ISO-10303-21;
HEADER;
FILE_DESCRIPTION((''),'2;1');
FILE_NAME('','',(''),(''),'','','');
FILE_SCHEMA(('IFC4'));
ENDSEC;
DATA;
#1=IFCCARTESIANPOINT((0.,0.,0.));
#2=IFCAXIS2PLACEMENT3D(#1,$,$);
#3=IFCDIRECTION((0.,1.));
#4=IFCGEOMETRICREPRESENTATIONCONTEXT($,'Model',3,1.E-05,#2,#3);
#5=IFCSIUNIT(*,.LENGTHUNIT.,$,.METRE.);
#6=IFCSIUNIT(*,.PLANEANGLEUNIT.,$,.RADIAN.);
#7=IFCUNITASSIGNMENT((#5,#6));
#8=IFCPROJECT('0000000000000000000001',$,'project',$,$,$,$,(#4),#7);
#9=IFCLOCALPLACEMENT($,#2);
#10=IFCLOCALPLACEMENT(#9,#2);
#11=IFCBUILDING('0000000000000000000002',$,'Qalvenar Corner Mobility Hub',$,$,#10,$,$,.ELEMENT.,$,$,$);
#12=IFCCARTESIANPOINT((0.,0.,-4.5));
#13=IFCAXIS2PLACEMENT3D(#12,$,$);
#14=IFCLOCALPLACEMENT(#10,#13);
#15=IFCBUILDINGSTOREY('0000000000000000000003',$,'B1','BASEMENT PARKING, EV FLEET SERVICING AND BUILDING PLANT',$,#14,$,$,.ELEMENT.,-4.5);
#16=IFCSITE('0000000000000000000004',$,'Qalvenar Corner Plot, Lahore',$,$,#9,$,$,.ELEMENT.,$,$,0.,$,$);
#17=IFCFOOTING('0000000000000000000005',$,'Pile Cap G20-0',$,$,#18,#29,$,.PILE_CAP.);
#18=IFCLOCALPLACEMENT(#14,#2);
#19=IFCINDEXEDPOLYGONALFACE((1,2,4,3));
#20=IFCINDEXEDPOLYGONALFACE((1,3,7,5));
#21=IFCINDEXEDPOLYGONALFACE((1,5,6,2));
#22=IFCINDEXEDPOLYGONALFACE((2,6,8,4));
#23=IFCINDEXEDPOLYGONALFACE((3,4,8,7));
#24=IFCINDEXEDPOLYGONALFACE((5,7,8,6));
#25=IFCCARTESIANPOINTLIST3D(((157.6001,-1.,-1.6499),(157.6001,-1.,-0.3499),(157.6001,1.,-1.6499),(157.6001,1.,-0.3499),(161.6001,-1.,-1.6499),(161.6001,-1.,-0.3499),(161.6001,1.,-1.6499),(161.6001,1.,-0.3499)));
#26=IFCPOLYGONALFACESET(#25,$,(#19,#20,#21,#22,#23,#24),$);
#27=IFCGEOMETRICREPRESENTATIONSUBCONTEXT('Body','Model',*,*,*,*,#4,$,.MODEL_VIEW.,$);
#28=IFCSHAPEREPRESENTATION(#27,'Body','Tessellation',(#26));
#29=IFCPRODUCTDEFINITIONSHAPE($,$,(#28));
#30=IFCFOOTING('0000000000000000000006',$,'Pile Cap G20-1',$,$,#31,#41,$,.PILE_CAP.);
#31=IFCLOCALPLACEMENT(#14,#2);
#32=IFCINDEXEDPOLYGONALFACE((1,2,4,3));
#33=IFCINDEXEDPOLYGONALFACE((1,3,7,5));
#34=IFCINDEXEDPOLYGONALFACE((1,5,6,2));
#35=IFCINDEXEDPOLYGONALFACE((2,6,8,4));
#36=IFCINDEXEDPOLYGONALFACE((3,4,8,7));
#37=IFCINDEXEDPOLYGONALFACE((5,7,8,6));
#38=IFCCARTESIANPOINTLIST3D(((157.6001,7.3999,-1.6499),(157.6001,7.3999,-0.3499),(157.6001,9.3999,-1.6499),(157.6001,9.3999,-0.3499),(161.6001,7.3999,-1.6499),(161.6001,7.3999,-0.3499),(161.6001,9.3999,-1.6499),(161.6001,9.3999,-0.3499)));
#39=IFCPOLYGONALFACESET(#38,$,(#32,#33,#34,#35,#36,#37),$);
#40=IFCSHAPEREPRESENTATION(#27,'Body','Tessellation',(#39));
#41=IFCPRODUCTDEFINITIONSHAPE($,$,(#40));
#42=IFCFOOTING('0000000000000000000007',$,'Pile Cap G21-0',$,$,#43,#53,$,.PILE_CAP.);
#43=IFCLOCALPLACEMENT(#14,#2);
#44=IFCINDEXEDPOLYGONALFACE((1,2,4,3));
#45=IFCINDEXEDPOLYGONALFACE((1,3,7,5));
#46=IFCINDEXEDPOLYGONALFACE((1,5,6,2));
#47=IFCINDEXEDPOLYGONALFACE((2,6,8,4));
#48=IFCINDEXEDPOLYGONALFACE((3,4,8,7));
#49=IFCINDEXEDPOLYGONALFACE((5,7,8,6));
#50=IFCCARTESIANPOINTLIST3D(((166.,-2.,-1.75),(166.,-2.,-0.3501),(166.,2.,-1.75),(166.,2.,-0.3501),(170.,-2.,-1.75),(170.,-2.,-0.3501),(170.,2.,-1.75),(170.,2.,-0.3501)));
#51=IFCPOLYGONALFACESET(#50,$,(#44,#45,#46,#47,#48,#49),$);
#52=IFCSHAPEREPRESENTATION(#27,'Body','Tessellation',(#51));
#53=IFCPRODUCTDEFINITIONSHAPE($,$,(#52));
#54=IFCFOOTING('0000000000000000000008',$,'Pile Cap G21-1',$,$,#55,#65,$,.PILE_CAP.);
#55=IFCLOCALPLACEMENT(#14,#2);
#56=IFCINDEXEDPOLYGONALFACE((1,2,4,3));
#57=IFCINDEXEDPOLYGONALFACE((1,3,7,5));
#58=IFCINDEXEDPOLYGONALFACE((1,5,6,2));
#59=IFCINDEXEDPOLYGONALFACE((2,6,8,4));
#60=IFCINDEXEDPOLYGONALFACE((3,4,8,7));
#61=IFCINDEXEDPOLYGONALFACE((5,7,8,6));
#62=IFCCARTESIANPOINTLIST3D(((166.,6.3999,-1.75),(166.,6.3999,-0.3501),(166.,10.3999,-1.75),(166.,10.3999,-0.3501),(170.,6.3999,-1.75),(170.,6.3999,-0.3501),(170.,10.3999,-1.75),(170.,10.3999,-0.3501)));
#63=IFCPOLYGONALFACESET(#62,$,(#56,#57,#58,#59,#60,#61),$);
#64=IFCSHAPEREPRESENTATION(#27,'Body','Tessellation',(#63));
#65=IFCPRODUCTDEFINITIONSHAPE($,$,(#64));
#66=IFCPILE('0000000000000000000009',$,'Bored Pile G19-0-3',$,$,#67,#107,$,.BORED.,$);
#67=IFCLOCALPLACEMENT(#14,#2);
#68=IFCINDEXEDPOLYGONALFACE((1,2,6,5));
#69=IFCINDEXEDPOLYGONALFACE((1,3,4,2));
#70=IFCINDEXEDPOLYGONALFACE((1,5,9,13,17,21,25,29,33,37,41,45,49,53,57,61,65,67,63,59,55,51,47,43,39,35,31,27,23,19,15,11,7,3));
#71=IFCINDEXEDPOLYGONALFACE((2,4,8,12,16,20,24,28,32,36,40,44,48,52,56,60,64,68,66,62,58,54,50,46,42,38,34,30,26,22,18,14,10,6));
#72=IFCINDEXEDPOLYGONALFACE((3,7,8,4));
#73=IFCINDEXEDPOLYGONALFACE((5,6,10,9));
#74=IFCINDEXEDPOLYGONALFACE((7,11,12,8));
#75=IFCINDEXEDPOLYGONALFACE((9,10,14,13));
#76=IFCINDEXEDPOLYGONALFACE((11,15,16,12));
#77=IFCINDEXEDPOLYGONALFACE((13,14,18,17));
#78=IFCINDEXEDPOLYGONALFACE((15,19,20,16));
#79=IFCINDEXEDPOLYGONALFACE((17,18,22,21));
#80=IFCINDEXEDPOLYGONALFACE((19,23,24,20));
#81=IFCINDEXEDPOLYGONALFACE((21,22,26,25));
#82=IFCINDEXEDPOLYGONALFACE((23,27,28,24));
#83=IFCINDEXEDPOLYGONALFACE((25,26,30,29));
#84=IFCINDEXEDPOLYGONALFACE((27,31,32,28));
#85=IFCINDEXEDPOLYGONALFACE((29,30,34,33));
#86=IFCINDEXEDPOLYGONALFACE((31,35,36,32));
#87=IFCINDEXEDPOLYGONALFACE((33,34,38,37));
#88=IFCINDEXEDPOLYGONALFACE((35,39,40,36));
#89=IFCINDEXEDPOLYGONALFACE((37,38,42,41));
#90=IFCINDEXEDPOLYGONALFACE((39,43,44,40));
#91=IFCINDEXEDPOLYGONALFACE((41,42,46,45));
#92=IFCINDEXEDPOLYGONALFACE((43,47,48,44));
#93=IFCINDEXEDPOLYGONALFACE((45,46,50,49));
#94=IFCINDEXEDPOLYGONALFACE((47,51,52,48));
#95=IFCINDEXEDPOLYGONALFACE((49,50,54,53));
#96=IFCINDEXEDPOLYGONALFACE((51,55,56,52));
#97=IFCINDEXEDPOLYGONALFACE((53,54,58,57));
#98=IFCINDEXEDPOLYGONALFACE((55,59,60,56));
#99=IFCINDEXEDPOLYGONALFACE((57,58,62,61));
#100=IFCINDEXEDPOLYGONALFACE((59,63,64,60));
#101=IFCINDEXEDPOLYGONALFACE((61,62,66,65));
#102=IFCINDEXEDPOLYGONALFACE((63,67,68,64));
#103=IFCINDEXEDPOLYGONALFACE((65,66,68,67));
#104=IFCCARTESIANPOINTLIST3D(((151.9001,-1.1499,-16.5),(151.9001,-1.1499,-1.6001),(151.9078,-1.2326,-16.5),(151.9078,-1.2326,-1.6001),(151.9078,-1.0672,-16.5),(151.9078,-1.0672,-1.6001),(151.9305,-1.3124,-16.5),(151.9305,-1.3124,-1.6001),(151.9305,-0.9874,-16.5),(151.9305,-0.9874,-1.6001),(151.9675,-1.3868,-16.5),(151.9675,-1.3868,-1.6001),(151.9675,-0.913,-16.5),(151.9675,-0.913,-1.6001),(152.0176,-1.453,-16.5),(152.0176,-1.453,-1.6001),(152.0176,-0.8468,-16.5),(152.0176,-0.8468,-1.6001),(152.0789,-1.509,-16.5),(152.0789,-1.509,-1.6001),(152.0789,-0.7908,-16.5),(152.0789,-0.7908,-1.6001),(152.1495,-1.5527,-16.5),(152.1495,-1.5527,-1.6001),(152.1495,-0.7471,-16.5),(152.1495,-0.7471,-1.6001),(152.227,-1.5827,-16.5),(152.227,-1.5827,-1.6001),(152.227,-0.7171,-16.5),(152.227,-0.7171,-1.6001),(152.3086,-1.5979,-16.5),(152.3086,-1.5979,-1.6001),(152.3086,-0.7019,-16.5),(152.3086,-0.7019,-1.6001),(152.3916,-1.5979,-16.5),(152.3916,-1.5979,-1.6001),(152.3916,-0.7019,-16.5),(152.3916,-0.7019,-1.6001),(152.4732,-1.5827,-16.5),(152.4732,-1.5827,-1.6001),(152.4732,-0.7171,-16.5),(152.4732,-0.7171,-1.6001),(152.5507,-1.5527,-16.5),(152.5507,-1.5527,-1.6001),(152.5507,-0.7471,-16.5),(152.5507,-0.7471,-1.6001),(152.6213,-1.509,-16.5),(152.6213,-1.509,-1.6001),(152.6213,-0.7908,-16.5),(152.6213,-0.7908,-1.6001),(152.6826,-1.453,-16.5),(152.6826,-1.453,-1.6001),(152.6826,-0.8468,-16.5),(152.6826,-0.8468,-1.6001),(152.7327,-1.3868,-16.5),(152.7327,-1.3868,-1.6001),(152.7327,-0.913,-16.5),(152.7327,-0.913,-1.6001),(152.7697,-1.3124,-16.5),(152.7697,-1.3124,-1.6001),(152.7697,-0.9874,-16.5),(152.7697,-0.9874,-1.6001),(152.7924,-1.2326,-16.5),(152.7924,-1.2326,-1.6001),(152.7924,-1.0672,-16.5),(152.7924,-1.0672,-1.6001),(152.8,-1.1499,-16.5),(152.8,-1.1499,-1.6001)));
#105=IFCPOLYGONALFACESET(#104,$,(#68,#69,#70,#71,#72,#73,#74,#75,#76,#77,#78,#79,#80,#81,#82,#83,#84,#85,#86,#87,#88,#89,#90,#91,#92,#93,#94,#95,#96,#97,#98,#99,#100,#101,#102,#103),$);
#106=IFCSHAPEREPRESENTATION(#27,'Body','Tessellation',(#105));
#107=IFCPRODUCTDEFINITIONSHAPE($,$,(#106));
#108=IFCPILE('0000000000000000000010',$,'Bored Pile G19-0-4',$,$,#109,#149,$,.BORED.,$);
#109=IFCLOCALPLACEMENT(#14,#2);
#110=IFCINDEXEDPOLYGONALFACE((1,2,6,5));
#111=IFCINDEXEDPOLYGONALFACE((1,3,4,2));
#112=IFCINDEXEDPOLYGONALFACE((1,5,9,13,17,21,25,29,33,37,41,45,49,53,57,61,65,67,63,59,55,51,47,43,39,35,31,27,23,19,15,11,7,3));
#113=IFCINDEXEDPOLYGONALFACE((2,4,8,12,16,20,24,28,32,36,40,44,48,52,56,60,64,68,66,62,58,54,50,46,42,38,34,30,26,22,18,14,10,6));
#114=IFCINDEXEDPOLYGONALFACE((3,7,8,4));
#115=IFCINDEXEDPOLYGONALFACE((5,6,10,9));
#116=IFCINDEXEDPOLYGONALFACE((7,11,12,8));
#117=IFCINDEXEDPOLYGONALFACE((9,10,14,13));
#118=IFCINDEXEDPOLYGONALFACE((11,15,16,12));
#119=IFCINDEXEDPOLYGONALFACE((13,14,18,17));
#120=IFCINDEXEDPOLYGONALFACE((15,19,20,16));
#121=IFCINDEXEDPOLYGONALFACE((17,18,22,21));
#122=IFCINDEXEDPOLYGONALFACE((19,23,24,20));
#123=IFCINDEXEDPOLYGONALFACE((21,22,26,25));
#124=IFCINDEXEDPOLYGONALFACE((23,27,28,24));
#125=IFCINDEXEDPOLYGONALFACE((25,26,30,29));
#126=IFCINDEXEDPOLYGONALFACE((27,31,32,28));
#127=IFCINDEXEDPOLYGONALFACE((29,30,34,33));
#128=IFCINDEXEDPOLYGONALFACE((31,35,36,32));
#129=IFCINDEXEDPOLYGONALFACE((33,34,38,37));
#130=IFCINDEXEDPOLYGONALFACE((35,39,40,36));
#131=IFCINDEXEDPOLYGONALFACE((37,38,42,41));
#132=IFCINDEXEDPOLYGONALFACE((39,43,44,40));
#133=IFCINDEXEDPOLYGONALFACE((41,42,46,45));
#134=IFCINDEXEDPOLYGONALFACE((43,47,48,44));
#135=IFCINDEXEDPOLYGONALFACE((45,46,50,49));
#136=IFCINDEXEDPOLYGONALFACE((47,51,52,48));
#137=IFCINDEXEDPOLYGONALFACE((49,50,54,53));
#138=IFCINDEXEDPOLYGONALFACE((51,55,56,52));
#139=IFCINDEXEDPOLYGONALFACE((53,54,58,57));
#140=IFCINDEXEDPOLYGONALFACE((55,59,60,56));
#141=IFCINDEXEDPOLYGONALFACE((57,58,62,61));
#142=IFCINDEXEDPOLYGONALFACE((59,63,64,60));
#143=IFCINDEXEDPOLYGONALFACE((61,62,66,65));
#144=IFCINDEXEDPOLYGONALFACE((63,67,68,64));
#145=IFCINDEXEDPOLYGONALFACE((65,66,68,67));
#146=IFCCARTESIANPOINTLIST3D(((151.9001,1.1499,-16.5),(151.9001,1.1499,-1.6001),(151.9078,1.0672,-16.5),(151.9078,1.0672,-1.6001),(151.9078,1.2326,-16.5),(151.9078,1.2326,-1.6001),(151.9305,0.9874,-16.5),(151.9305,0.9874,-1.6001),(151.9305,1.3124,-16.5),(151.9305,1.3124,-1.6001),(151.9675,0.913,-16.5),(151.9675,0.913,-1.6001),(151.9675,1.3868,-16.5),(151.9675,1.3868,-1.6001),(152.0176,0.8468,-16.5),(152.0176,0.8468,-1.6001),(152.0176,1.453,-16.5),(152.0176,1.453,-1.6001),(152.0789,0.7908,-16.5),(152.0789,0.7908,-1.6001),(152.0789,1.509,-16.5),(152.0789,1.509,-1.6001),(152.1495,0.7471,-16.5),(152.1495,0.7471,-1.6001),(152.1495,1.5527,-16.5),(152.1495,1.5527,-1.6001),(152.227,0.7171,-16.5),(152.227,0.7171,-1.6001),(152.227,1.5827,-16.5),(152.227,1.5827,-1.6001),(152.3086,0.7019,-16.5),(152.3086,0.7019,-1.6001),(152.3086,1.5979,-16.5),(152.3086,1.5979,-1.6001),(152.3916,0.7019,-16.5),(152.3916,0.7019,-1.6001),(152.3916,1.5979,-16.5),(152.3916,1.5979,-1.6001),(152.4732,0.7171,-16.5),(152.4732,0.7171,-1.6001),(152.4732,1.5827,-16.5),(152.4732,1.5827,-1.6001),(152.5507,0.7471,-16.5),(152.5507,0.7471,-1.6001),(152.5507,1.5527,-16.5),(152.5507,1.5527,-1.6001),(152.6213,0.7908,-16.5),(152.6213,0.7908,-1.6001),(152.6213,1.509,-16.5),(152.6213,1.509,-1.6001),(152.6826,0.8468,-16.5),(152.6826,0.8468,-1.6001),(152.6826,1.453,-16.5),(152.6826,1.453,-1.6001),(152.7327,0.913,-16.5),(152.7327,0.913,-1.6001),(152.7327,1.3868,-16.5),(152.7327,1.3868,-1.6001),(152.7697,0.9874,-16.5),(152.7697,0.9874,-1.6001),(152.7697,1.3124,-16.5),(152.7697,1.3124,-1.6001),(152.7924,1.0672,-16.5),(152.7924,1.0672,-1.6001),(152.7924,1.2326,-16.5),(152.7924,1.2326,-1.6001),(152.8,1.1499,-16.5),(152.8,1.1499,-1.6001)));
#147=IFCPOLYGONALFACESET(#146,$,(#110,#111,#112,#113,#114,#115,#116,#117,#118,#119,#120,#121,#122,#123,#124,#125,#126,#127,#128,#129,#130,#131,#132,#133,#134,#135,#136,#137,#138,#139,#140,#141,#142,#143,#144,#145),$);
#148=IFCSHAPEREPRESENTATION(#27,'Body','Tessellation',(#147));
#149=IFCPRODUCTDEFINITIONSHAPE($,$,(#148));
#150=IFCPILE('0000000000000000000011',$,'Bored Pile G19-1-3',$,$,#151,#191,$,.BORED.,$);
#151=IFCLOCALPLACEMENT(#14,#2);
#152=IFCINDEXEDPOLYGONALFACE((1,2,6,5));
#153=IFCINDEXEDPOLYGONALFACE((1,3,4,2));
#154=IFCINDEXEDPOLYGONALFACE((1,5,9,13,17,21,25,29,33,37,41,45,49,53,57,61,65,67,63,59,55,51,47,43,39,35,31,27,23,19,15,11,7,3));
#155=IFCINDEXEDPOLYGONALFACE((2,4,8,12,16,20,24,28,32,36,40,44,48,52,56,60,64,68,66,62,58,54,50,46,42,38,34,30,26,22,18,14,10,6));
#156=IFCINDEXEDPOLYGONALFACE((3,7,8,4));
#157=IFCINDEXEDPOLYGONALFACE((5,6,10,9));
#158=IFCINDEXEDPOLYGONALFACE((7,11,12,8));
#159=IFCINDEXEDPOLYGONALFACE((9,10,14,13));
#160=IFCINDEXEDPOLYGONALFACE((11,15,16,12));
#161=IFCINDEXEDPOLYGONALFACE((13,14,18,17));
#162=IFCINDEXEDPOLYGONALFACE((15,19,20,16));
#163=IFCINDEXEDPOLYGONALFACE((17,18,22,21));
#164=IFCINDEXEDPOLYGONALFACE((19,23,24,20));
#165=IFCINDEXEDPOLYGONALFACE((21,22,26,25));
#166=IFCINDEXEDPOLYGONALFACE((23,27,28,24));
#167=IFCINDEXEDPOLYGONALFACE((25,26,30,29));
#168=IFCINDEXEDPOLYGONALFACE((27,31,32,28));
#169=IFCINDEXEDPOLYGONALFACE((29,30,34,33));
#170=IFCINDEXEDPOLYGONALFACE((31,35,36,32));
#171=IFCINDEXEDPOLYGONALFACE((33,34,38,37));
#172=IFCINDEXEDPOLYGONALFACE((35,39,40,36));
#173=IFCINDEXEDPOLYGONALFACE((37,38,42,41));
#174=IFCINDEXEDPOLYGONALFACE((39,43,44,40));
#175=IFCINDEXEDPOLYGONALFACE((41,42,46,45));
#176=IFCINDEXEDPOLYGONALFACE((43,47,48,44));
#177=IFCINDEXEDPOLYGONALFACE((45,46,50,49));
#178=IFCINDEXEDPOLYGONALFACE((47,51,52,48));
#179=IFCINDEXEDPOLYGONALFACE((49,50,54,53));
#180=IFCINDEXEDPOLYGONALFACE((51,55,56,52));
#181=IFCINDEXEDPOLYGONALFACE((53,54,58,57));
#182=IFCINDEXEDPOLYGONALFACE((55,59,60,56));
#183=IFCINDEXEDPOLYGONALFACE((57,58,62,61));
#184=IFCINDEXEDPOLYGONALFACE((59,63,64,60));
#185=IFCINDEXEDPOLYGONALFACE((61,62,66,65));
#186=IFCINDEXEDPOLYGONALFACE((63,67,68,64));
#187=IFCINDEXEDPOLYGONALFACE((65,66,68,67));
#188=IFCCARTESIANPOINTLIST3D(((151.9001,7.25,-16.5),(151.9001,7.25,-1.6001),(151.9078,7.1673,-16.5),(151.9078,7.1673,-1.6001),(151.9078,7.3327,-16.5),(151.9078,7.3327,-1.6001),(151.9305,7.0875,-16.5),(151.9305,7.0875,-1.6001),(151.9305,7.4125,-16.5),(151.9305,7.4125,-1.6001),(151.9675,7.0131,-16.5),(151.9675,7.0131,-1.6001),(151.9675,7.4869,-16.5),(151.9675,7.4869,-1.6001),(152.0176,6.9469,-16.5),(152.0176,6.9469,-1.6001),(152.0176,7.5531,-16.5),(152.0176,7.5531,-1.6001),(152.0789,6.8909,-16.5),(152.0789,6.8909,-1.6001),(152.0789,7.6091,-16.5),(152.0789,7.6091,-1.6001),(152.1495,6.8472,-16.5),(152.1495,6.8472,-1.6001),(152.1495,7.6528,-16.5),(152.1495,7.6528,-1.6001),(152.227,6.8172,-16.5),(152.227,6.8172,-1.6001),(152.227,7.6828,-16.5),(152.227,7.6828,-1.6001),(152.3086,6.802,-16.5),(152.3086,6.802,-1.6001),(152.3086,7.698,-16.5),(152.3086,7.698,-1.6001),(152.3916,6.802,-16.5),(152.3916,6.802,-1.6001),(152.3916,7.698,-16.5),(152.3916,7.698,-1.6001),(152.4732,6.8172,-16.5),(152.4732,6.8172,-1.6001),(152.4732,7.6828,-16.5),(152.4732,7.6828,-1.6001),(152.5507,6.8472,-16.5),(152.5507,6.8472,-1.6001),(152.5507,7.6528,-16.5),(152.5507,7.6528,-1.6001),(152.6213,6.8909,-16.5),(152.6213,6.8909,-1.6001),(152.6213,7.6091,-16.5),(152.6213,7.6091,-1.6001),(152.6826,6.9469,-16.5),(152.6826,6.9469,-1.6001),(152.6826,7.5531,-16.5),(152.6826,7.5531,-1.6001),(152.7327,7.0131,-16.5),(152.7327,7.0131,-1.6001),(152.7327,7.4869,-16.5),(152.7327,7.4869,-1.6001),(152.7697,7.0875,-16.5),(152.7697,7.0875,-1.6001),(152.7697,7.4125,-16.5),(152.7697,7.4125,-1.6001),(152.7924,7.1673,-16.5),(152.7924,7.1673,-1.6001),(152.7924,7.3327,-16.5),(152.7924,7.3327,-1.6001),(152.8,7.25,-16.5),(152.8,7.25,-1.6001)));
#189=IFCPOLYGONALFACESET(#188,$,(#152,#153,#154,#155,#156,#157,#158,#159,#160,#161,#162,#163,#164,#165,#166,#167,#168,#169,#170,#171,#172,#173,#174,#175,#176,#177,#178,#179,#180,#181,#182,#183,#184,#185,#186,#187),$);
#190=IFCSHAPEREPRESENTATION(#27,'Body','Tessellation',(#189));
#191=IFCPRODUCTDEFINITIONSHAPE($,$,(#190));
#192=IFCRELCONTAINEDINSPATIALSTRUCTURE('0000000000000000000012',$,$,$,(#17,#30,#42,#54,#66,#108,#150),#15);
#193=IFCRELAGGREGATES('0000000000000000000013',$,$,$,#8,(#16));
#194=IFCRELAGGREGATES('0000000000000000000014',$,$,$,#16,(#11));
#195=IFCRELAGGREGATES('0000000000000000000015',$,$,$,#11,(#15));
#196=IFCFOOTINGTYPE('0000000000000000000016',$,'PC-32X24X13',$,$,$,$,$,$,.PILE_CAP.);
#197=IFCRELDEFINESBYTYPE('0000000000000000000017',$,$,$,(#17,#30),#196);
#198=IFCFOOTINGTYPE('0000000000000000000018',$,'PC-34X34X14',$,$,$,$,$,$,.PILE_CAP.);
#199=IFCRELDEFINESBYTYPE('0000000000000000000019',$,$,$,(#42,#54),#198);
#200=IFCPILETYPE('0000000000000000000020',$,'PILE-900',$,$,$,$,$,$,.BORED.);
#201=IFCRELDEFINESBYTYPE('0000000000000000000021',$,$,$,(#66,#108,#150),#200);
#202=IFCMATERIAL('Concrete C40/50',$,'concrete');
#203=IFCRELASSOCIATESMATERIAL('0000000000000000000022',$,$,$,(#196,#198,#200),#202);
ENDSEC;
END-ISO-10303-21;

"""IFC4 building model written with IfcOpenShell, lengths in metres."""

from ifc_helpers import new_model, si_unit, direction, frame, origin, origin_2d, place, context, subcontext, project, spatial, rectangle, circle, extrude, material, material_profile, profile_set, type_object, element, save


model = new_model("IFC4")

# Units and contexts
model_context = context("Model", 3, precision=1e-05, world=origin(), true_north=direction((0.0, 1.0)))
body_context = subcontext(model_context, "Body", "Model", "MODEL_VIEW")
ifc_project = project(units=[si_unit("LENGTHUNIT", "METRE"), si_unit("PLANEANGLEUNIT", "RADIAN")], contexts=[model_context])

# Site, building, storey
site_placement = place(None, origin())
site = spatial("IfcSite", under=ifc_project, at=site_placement, Name="Qalvenar Corner Plot, Lahore", CompositionType="ELEMENT", RefElevation=0.0)
building_placement = place(site_placement, origin())
building = spatial("IfcBuilding", under=site, at=building_placement, Name="Qalvenar Corner Mobility Hub", CompositionType="ELEMENT")
storey_placement = place(building_placement, frame((0.0, 0.0, -4.5)))
storey = spatial("IfcBuildingStorey", under=building, at=storey_placement, Name="B1", Description="BASEMENT PARKING, EV FLEET SERVICING AND BUILDING PLANT", CompositionType="ELEMENT", Elevation=-4.5)

# Footings
ifc_material_1 = material(Name="Concrete C40/50", Category="concrete")
footing_type_1 = type_object("IfcFootingType", Name="PC-32X24X13", PredefinedType="PILE_CAP", material=ifc_material_1)
for number, where, z_axis, x_axis, name in (
    (1, (159.6001, 0.0, -1.6499), (0.0, 0.0, 1.0), (1.0, 0.0, 0.0), "Pile Cap G20-0"),
    (2, (159.6001, 8.3999, -1.6499), (0.0, 0.0, 1.0), (1.0, 0.0, 0.0), "Pile Cap G20-1"),
):
    element("IfcFooting", number, at=place(storey_placement, frame(where, z_axis=z_axis, x_axis=x_axis)), inside=storey, type_object=footing_type_1, Name=name, PredefinedType="PILE_CAP", context=body_context, shape_type="SweptSolid", body=[
        extrude(rectangle(XDim=4.0, YDim=2.0, at=origin_2d()), origin(), (0.0, 0.0, 1.0), 1.3),
    ])
footing_type_2 = type_object("IfcFootingType", Name="PC-34X34X14", PredefinedType="PILE_CAP", material=ifc_material_1)
for number, where, z_axis, x_axis, name in (
    (3, (168.0, 0.0, -1.75), (0.0, 0.0, 1.0), (1.0, 0.0, 0.0), "Pile Cap G21-0"),
    (4, (168.0, 8.3999, -1.75), (0.0, 0.0, 1.0), (1.0, 0.0, 0.0), "Pile Cap G21-1"),
):
    element("IfcFooting", number, at=place(storey_placement, frame(where, z_axis=z_axis, x_axis=x_axis)), inside=storey, type_object=footing_type_2, Name=name, PredefinedType="PILE_CAP", context=body_context, shape_type="SweptSolid", body=[
        extrude(rectangle(XDim=4.0, YDim=4.0, at=origin_2d()), origin(), (0.0, 0.0, 1.0), 1.3999),
    ])

# Piles
ifc_material_profile_1 = material_profile(ifc_material_1, circle(Radius=0.45, at=origin_2d()), Name="DIA900")
ifc_profile_set_1 = profile_set([ifc_material_profile_1], Name="Concrete C40/50")
pile_type = type_object("IfcPileType", Name="PILE-900", PredefinedType="BORED", material=ifc_profile_set_1)
for number, where, z_axis, x_axis, name in (
    (5, (152.3501, -1.1499, -1.6001), (0.0, 0.0, -1.0), (1.0, 0.0, 0.0), "Bored Pile G19-0-3"),
    (6, (152.3501, 1.1499, -1.6001), (0.0, 0.0, -1.0), (1.0, 0.0, 0.0), "Bored Pile G19-0-4"),
    (7, (152.3501, 7.25, -1.6001), (0.0, 0.0, -1.0), (1.0, 0.0, 0.0), "Bored Pile G19-1-3"),
):
    element("IfcPile", number, at=place(storey_placement, frame(where, z_axis=z_axis, x_axis=x_axis)), inside=storey, type_object=pile_type, Name=name, PredefinedType="BORED", context=body_context, shape_type="SweptSolid", body=[
        extrude(circle(Radius=0.45, at=origin_2d()), origin(), (0.0, 0.0, 1.0), 14.8999),
    ])

save(model, "model.ifc")
